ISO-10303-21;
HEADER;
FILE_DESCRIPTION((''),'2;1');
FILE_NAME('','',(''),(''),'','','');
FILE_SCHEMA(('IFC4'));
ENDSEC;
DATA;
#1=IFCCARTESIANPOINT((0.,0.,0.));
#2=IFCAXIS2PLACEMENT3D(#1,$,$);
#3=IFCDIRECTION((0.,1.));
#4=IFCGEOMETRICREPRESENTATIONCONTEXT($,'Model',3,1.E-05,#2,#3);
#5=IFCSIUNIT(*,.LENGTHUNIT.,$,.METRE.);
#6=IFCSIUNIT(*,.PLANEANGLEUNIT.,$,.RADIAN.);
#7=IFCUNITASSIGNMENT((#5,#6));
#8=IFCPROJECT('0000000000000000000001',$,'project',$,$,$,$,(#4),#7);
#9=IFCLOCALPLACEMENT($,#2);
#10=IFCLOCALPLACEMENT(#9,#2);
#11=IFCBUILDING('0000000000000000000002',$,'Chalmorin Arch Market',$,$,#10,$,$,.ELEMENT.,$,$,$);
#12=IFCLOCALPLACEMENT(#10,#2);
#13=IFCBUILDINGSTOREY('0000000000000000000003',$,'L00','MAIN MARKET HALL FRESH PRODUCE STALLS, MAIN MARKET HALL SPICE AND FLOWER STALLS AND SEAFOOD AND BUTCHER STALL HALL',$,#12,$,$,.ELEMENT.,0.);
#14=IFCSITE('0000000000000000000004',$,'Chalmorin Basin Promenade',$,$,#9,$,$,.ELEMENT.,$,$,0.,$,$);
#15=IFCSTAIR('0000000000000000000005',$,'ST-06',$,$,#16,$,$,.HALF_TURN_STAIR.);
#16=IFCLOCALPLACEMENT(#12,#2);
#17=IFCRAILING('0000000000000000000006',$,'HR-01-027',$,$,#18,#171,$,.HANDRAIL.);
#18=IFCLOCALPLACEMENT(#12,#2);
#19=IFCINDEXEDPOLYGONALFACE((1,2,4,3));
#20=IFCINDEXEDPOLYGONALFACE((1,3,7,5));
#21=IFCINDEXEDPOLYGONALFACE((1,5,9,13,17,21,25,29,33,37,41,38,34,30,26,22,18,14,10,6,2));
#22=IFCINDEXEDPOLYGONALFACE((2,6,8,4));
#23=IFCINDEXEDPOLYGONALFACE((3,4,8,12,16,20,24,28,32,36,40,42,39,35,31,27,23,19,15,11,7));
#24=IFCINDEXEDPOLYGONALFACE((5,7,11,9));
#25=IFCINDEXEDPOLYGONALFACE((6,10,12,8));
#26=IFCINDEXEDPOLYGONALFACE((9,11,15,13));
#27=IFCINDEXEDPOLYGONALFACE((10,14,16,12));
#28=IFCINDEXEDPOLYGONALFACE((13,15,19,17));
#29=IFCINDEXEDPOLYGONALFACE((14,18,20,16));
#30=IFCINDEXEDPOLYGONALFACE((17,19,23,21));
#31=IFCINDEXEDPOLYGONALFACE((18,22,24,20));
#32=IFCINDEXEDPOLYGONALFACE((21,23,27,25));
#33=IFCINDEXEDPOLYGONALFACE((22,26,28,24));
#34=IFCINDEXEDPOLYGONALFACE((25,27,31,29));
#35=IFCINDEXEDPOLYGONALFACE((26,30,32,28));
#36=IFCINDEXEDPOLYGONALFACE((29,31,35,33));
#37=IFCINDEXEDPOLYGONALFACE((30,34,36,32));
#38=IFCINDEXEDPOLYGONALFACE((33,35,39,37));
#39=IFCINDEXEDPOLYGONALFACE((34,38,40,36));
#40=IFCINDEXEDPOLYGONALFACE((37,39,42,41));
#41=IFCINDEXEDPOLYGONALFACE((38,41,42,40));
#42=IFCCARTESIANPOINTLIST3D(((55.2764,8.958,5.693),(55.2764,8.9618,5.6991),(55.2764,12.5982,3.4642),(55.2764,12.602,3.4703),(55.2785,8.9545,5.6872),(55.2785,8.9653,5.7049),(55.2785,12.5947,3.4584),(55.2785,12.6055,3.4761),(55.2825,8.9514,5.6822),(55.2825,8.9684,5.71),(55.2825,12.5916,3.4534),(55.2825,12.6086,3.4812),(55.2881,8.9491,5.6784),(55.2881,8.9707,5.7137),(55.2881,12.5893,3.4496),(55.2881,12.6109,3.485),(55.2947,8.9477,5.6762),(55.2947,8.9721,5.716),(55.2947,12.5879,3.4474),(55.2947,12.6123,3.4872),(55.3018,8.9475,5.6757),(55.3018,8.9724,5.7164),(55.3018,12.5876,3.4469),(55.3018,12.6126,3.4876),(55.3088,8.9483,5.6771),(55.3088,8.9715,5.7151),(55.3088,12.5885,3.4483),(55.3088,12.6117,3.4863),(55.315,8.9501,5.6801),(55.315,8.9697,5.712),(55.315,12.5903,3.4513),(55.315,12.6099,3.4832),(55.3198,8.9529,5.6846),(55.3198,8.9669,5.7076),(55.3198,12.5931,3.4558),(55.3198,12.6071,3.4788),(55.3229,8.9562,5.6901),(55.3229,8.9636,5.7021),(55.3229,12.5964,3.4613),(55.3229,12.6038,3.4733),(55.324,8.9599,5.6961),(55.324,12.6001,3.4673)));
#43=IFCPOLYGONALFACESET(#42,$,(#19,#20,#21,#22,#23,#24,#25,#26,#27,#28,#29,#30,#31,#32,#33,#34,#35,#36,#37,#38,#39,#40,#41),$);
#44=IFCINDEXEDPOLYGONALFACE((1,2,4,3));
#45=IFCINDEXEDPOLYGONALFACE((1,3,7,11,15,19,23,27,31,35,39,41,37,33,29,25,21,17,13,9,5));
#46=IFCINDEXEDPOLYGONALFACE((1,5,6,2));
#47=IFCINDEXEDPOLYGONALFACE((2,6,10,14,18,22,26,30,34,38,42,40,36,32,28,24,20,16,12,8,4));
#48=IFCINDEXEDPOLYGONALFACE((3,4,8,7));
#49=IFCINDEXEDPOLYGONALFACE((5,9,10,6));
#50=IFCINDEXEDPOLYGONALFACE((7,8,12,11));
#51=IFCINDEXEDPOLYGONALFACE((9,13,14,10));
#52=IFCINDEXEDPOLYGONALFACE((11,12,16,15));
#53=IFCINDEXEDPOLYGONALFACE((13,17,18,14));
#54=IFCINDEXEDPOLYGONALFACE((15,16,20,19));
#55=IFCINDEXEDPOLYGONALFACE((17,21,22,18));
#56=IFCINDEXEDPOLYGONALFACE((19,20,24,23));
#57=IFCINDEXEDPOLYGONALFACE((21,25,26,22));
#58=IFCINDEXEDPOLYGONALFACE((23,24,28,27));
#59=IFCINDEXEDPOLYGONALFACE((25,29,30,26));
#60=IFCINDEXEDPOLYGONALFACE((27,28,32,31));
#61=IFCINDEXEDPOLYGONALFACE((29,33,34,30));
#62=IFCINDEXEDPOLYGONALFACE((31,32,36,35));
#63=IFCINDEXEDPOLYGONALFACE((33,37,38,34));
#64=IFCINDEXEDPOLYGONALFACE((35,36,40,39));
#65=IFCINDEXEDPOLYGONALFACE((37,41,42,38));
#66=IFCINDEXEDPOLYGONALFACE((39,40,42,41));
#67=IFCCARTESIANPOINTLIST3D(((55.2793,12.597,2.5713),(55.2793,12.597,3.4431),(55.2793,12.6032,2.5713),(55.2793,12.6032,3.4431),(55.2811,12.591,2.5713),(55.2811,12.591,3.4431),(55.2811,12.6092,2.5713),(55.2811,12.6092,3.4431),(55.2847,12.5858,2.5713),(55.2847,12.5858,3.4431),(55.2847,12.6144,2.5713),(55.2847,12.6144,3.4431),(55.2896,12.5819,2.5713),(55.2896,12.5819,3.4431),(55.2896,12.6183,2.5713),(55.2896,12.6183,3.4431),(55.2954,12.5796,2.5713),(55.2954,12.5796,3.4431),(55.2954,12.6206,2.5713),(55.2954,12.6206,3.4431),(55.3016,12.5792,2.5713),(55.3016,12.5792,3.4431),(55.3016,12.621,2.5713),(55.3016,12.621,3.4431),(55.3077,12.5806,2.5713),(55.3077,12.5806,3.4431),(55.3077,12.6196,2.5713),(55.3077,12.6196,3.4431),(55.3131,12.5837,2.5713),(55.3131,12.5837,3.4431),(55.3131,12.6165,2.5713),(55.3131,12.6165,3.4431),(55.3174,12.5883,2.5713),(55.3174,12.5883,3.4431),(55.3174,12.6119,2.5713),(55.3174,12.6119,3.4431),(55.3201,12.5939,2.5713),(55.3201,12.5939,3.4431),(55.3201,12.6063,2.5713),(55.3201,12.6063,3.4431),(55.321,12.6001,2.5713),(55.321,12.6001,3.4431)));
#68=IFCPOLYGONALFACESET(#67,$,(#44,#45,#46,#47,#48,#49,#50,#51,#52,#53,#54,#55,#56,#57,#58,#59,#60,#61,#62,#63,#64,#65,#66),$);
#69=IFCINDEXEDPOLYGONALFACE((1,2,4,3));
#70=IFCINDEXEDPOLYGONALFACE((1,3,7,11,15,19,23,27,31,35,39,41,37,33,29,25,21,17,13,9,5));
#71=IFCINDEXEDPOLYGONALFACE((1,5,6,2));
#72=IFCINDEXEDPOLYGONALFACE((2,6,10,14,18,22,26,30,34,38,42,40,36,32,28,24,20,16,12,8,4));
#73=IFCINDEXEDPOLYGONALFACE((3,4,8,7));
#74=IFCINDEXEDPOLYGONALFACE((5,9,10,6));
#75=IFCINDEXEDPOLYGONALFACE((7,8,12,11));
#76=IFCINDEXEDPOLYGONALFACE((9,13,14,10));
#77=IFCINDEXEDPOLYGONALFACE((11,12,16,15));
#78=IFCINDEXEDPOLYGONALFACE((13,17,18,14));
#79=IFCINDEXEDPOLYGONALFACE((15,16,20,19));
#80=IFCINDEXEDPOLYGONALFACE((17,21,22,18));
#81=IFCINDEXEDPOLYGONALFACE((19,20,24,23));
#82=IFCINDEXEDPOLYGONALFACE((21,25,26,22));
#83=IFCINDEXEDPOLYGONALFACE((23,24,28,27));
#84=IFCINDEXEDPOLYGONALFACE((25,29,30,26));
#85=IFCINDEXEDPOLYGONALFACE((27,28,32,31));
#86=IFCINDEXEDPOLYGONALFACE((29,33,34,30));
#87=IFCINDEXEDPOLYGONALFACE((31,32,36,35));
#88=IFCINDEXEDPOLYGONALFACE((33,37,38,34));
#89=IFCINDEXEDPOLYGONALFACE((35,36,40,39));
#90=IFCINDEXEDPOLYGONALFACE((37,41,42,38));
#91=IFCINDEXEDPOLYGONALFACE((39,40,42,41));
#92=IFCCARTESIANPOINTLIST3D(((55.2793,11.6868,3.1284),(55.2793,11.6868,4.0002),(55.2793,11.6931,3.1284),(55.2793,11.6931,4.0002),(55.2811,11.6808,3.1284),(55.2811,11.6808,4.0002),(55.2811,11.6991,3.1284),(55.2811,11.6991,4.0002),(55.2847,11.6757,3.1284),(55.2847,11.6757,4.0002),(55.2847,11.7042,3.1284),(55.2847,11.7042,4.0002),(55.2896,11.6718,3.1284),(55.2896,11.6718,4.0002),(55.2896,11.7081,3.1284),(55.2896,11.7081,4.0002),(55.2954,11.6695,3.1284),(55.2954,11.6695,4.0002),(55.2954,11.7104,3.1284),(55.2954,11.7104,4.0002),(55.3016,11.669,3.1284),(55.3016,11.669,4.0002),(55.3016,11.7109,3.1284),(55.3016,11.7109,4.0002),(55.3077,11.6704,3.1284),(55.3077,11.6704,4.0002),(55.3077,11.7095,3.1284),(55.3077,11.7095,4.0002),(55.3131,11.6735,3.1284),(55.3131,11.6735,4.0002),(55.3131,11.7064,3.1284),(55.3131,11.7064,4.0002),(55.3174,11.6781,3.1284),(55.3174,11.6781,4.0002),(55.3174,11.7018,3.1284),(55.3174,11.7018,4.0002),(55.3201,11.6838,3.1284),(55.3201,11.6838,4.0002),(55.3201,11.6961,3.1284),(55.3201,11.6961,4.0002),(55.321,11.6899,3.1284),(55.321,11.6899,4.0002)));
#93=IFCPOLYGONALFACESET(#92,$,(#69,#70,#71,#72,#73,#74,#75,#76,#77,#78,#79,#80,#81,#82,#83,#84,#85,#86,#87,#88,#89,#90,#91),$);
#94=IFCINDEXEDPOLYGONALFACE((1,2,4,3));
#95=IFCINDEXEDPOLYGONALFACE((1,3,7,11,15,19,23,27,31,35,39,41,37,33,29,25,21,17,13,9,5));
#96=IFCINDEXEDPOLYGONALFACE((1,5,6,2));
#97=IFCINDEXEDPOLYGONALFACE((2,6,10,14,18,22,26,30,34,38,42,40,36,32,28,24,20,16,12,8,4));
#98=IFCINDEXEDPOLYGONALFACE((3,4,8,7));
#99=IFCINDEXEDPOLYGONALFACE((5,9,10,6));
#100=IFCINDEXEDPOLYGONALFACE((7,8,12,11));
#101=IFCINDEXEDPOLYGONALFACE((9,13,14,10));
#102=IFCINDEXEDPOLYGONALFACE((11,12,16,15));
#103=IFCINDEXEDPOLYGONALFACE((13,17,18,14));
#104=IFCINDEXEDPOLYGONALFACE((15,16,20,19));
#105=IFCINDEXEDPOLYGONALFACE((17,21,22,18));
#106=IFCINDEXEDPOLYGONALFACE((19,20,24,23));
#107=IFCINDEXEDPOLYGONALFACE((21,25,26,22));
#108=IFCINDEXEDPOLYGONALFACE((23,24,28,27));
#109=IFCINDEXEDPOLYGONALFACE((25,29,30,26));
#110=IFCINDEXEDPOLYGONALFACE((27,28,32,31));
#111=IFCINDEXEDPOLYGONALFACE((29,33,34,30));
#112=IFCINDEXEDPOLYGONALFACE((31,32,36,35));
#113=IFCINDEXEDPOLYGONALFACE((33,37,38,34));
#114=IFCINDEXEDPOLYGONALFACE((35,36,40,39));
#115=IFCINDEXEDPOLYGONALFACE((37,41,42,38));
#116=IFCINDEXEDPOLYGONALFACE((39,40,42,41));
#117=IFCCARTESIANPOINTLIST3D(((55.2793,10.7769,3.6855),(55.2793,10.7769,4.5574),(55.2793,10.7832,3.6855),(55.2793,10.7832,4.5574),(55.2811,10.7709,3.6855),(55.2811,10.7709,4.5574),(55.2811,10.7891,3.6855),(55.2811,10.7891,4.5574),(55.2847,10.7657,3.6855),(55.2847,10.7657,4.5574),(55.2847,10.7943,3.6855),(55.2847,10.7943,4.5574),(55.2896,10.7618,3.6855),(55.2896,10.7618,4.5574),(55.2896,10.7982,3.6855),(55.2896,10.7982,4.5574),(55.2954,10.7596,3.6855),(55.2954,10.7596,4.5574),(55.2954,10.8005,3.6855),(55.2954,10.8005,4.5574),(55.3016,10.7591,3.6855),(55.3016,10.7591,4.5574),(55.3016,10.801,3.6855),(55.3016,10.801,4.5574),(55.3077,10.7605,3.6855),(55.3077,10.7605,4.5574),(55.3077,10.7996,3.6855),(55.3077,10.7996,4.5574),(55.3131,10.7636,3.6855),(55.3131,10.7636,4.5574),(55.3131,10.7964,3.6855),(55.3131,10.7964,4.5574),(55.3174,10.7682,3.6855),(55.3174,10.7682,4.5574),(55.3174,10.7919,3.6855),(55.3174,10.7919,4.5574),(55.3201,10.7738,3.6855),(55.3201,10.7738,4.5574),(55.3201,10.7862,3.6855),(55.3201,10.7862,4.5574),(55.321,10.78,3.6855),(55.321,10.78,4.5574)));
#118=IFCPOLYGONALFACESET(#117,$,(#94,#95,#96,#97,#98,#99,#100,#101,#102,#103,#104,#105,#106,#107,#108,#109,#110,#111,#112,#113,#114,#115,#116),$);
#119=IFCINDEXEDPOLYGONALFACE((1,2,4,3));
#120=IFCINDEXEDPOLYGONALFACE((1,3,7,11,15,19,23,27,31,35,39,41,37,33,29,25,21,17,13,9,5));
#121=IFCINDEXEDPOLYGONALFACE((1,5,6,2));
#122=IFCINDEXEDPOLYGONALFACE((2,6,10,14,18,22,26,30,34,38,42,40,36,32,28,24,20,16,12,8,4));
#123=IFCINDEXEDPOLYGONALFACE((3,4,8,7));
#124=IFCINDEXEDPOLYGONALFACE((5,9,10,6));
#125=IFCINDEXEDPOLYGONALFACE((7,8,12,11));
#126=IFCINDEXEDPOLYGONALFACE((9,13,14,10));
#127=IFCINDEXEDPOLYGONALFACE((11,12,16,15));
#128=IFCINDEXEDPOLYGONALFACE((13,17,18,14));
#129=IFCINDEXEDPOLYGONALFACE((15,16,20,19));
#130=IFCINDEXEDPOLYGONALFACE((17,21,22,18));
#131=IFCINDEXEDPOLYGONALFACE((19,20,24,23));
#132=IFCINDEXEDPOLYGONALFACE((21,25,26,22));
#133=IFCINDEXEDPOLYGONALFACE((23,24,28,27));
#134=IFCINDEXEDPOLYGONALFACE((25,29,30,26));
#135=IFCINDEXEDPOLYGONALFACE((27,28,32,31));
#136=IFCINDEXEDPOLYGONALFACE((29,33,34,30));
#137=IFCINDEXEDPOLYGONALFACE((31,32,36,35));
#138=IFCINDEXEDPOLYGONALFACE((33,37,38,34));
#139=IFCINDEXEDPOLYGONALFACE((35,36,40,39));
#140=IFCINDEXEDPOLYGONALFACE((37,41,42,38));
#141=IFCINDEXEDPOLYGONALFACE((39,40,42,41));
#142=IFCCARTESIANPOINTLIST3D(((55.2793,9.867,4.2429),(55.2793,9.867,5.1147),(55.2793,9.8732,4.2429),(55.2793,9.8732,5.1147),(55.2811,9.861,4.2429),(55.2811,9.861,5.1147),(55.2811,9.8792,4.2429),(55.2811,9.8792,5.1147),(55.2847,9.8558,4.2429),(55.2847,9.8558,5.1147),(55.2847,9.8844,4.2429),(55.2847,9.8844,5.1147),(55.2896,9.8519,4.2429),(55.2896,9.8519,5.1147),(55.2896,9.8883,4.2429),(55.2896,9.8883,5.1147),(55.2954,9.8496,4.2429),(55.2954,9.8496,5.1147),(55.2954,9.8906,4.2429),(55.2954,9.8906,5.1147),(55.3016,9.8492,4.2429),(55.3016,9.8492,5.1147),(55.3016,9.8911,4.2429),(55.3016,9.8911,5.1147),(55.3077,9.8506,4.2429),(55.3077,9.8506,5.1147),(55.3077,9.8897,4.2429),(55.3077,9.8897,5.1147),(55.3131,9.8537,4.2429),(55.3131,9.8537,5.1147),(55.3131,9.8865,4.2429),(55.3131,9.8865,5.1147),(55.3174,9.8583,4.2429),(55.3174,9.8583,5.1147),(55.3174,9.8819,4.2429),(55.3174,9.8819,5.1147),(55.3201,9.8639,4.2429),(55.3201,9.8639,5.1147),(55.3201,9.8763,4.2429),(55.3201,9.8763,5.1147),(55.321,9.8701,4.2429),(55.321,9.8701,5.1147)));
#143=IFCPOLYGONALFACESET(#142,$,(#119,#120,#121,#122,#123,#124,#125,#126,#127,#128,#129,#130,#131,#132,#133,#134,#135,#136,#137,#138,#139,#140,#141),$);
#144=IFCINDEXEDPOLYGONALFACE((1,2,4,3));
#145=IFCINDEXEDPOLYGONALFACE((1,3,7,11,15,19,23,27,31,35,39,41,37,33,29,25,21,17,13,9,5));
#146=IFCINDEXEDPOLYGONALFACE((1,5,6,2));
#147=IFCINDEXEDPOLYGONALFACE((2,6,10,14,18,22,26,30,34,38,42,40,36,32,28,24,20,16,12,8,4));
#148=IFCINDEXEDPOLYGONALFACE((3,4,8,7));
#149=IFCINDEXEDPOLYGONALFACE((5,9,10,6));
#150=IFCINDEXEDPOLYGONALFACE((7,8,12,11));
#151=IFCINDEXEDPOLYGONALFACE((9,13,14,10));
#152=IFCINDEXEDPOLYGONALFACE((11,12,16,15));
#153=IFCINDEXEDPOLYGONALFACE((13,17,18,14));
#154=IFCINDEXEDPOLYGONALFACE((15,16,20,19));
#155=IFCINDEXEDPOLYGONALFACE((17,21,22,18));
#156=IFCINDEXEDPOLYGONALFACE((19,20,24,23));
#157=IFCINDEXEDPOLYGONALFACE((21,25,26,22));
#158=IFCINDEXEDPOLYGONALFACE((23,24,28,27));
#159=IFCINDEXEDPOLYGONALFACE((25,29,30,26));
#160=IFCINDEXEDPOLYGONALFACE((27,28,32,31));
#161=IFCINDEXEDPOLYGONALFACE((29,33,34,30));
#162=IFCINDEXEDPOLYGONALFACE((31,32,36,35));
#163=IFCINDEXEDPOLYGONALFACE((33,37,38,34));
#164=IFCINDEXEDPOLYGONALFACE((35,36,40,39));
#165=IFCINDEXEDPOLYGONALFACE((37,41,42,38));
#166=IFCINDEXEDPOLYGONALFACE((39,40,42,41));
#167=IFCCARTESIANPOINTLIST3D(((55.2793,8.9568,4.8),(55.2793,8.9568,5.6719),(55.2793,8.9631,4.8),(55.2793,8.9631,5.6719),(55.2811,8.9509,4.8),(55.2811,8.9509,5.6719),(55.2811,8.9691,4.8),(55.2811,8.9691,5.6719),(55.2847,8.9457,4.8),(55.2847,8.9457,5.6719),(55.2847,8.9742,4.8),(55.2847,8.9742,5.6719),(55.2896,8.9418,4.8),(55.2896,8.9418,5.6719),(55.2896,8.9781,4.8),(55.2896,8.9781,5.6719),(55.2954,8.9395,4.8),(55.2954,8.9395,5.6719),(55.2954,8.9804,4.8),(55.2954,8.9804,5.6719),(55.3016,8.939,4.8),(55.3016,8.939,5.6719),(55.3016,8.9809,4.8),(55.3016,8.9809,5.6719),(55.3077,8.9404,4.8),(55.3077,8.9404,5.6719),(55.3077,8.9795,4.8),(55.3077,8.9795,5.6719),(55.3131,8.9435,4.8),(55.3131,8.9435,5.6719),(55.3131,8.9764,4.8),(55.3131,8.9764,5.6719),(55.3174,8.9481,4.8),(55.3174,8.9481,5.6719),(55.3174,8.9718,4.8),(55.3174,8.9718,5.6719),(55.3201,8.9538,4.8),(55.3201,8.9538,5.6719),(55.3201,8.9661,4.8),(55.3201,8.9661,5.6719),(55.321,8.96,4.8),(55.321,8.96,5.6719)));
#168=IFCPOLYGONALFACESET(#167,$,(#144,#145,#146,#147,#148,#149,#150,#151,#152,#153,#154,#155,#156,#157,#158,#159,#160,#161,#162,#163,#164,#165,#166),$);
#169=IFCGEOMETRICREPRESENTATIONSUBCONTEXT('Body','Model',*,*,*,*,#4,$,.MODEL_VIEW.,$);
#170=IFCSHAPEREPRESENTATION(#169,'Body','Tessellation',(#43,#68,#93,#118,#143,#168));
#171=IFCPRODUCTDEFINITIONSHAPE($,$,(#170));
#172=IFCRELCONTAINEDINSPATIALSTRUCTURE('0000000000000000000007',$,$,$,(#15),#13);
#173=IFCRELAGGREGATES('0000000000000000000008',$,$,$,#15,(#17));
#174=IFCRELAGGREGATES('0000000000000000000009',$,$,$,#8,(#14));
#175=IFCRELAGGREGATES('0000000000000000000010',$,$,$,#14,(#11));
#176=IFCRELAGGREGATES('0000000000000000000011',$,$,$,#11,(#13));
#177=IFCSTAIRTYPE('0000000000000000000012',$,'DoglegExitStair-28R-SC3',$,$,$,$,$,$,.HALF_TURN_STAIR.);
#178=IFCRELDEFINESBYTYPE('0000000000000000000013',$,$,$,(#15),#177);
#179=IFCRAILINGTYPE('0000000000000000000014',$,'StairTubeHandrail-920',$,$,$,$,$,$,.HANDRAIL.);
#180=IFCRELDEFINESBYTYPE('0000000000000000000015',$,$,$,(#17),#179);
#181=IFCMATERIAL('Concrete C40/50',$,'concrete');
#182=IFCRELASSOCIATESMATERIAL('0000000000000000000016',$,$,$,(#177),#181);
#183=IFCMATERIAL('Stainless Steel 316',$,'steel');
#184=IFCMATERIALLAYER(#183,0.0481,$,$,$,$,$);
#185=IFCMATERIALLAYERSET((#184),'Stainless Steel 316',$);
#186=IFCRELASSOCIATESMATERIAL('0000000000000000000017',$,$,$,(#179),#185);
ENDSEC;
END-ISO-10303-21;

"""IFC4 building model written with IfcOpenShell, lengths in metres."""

from ifc_helpers import new_model, si_unit, direction, frame, origin, origin_2d, place, context, subcontext, project, spatial, circle, extrude, material, layer, layer_set, type_object, element, aggregate, save


model = new_model("IFC4")

# Units and contexts
model_context = context("Model", 3, precision=1e-05, world=origin(), true_north=direction((0.0, 1.0)))
body_context = subcontext(model_context, "Body", "Model", "MODEL_VIEW")
ifc_project = project(units=[si_unit("LENGTHUNIT", "METRE"), si_unit("PLANEANGLEUNIT", "RADIAN")], contexts=[model_context])

# Site, building, storey
site_placement = place(None, origin())
site = spatial("IfcSite", under=ifc_project, at=site_placement, Name="Chalmorin Basin Promenade", CompositionType="ELEMENT", RefElevation=0.0)
building_placement = place(site_placement, origin())
building = spatial("IfcBuilding", under=site, at=building_placement, Name="Chalmorin Arch Market", CompositionType="ELEMENT")
storey_placement = place(building_placement, origin())
storey = spatial("IfcBuildingStorey", under=building, at=storey_placement, Name="L00", Description="MAIN MARKET HALL FRESH PRODUCE STALLS, MAIN MARKET HALL SPICE AND FLOWER STALLS AND SEAFOOD AND BUTCHER STALL HALL", CompositionType="ELEMENT", Elevation=0.0)

# Shared definitions
ifc_material_1 = material(Name="Concrete C40/50", Category="concrete")

# Stair, railing
stair_type = type_object("IfcStairType", Name="DoglegExitStair-28R-SC3", PredefinedType="HALF_TURN_STAIR", material=ifc_material_1)
stair_placement = place(storey_placement, origin())
stair = element("IfcStair", 1, at=stair_placement, inside=storey, type_object=stair_type, Name="ST-06", PredefinedType="HALF_TURN_STAIR")
ifc_material_2 = material(Name="Stainless Steel 316", Category="steel")
ifc_layer_1 = layer(ifc_material_2, 0.0481)
ifc_layer_set_1 = layer_set([ifc_layer_1], Name="Stainless Steel 316")
railing_type_1 = type_object("IfcRailingType", Name="StairTubeHandrail-920", PredefinedType="HANDRAIL", material=ifc_layer_set_1)
railing_1_placement = place(storey_placement, frame((55.3, 12.6001, 2.5713)))
railing_1 = element("IfcRailing", 2, at=railing_1_placement, type_object=railing_type_1, Name="HR-01-027", PredefinedType="HANDRAIL", context=body_context, shape_type="SweptSolid", body=[
    extrude(circle(Radius=0.0239, at=origin_2d()), frame((0.0, 0.0, 0.896), z_axis=(0.0, -0.85284, 0.522172), x_axis=(1.0, 0.0, 0.0)), (0.0, 0.0, 1.0), 4.2683),
    extrude(circle(Radius=0.021, at=origin_2d()), origin(), (0.0, 0.0, 1.0), 0.8718),
    extrude(circle(Radius=0.021, at=origin_2d()), frame((0.0, -0.9102, 0.5571)), (0.0, 0.0, 1.0), 0.8718),
    extrude(circle(Radius=0.021, at=origin_2d()), frame((0.0, -1.8201, 1.1143)), (0.0, 0.0, 1.0), 0.8718),
    extrude(circle(Radius=0.021, at=origin_2d()), frame((0.0, -2.73, 1.6716)), (0.0, 0.0, 1.0), 0.8718),
    extrude(circle(Radius=0.021, at=origin_2d()), frame((0.0, -3.6401, 2.2288)), (0.0, 0.0, 1.0), 0.8718),
])
aggregate(stair, [railing_1])

save(model, "model.ifc")
